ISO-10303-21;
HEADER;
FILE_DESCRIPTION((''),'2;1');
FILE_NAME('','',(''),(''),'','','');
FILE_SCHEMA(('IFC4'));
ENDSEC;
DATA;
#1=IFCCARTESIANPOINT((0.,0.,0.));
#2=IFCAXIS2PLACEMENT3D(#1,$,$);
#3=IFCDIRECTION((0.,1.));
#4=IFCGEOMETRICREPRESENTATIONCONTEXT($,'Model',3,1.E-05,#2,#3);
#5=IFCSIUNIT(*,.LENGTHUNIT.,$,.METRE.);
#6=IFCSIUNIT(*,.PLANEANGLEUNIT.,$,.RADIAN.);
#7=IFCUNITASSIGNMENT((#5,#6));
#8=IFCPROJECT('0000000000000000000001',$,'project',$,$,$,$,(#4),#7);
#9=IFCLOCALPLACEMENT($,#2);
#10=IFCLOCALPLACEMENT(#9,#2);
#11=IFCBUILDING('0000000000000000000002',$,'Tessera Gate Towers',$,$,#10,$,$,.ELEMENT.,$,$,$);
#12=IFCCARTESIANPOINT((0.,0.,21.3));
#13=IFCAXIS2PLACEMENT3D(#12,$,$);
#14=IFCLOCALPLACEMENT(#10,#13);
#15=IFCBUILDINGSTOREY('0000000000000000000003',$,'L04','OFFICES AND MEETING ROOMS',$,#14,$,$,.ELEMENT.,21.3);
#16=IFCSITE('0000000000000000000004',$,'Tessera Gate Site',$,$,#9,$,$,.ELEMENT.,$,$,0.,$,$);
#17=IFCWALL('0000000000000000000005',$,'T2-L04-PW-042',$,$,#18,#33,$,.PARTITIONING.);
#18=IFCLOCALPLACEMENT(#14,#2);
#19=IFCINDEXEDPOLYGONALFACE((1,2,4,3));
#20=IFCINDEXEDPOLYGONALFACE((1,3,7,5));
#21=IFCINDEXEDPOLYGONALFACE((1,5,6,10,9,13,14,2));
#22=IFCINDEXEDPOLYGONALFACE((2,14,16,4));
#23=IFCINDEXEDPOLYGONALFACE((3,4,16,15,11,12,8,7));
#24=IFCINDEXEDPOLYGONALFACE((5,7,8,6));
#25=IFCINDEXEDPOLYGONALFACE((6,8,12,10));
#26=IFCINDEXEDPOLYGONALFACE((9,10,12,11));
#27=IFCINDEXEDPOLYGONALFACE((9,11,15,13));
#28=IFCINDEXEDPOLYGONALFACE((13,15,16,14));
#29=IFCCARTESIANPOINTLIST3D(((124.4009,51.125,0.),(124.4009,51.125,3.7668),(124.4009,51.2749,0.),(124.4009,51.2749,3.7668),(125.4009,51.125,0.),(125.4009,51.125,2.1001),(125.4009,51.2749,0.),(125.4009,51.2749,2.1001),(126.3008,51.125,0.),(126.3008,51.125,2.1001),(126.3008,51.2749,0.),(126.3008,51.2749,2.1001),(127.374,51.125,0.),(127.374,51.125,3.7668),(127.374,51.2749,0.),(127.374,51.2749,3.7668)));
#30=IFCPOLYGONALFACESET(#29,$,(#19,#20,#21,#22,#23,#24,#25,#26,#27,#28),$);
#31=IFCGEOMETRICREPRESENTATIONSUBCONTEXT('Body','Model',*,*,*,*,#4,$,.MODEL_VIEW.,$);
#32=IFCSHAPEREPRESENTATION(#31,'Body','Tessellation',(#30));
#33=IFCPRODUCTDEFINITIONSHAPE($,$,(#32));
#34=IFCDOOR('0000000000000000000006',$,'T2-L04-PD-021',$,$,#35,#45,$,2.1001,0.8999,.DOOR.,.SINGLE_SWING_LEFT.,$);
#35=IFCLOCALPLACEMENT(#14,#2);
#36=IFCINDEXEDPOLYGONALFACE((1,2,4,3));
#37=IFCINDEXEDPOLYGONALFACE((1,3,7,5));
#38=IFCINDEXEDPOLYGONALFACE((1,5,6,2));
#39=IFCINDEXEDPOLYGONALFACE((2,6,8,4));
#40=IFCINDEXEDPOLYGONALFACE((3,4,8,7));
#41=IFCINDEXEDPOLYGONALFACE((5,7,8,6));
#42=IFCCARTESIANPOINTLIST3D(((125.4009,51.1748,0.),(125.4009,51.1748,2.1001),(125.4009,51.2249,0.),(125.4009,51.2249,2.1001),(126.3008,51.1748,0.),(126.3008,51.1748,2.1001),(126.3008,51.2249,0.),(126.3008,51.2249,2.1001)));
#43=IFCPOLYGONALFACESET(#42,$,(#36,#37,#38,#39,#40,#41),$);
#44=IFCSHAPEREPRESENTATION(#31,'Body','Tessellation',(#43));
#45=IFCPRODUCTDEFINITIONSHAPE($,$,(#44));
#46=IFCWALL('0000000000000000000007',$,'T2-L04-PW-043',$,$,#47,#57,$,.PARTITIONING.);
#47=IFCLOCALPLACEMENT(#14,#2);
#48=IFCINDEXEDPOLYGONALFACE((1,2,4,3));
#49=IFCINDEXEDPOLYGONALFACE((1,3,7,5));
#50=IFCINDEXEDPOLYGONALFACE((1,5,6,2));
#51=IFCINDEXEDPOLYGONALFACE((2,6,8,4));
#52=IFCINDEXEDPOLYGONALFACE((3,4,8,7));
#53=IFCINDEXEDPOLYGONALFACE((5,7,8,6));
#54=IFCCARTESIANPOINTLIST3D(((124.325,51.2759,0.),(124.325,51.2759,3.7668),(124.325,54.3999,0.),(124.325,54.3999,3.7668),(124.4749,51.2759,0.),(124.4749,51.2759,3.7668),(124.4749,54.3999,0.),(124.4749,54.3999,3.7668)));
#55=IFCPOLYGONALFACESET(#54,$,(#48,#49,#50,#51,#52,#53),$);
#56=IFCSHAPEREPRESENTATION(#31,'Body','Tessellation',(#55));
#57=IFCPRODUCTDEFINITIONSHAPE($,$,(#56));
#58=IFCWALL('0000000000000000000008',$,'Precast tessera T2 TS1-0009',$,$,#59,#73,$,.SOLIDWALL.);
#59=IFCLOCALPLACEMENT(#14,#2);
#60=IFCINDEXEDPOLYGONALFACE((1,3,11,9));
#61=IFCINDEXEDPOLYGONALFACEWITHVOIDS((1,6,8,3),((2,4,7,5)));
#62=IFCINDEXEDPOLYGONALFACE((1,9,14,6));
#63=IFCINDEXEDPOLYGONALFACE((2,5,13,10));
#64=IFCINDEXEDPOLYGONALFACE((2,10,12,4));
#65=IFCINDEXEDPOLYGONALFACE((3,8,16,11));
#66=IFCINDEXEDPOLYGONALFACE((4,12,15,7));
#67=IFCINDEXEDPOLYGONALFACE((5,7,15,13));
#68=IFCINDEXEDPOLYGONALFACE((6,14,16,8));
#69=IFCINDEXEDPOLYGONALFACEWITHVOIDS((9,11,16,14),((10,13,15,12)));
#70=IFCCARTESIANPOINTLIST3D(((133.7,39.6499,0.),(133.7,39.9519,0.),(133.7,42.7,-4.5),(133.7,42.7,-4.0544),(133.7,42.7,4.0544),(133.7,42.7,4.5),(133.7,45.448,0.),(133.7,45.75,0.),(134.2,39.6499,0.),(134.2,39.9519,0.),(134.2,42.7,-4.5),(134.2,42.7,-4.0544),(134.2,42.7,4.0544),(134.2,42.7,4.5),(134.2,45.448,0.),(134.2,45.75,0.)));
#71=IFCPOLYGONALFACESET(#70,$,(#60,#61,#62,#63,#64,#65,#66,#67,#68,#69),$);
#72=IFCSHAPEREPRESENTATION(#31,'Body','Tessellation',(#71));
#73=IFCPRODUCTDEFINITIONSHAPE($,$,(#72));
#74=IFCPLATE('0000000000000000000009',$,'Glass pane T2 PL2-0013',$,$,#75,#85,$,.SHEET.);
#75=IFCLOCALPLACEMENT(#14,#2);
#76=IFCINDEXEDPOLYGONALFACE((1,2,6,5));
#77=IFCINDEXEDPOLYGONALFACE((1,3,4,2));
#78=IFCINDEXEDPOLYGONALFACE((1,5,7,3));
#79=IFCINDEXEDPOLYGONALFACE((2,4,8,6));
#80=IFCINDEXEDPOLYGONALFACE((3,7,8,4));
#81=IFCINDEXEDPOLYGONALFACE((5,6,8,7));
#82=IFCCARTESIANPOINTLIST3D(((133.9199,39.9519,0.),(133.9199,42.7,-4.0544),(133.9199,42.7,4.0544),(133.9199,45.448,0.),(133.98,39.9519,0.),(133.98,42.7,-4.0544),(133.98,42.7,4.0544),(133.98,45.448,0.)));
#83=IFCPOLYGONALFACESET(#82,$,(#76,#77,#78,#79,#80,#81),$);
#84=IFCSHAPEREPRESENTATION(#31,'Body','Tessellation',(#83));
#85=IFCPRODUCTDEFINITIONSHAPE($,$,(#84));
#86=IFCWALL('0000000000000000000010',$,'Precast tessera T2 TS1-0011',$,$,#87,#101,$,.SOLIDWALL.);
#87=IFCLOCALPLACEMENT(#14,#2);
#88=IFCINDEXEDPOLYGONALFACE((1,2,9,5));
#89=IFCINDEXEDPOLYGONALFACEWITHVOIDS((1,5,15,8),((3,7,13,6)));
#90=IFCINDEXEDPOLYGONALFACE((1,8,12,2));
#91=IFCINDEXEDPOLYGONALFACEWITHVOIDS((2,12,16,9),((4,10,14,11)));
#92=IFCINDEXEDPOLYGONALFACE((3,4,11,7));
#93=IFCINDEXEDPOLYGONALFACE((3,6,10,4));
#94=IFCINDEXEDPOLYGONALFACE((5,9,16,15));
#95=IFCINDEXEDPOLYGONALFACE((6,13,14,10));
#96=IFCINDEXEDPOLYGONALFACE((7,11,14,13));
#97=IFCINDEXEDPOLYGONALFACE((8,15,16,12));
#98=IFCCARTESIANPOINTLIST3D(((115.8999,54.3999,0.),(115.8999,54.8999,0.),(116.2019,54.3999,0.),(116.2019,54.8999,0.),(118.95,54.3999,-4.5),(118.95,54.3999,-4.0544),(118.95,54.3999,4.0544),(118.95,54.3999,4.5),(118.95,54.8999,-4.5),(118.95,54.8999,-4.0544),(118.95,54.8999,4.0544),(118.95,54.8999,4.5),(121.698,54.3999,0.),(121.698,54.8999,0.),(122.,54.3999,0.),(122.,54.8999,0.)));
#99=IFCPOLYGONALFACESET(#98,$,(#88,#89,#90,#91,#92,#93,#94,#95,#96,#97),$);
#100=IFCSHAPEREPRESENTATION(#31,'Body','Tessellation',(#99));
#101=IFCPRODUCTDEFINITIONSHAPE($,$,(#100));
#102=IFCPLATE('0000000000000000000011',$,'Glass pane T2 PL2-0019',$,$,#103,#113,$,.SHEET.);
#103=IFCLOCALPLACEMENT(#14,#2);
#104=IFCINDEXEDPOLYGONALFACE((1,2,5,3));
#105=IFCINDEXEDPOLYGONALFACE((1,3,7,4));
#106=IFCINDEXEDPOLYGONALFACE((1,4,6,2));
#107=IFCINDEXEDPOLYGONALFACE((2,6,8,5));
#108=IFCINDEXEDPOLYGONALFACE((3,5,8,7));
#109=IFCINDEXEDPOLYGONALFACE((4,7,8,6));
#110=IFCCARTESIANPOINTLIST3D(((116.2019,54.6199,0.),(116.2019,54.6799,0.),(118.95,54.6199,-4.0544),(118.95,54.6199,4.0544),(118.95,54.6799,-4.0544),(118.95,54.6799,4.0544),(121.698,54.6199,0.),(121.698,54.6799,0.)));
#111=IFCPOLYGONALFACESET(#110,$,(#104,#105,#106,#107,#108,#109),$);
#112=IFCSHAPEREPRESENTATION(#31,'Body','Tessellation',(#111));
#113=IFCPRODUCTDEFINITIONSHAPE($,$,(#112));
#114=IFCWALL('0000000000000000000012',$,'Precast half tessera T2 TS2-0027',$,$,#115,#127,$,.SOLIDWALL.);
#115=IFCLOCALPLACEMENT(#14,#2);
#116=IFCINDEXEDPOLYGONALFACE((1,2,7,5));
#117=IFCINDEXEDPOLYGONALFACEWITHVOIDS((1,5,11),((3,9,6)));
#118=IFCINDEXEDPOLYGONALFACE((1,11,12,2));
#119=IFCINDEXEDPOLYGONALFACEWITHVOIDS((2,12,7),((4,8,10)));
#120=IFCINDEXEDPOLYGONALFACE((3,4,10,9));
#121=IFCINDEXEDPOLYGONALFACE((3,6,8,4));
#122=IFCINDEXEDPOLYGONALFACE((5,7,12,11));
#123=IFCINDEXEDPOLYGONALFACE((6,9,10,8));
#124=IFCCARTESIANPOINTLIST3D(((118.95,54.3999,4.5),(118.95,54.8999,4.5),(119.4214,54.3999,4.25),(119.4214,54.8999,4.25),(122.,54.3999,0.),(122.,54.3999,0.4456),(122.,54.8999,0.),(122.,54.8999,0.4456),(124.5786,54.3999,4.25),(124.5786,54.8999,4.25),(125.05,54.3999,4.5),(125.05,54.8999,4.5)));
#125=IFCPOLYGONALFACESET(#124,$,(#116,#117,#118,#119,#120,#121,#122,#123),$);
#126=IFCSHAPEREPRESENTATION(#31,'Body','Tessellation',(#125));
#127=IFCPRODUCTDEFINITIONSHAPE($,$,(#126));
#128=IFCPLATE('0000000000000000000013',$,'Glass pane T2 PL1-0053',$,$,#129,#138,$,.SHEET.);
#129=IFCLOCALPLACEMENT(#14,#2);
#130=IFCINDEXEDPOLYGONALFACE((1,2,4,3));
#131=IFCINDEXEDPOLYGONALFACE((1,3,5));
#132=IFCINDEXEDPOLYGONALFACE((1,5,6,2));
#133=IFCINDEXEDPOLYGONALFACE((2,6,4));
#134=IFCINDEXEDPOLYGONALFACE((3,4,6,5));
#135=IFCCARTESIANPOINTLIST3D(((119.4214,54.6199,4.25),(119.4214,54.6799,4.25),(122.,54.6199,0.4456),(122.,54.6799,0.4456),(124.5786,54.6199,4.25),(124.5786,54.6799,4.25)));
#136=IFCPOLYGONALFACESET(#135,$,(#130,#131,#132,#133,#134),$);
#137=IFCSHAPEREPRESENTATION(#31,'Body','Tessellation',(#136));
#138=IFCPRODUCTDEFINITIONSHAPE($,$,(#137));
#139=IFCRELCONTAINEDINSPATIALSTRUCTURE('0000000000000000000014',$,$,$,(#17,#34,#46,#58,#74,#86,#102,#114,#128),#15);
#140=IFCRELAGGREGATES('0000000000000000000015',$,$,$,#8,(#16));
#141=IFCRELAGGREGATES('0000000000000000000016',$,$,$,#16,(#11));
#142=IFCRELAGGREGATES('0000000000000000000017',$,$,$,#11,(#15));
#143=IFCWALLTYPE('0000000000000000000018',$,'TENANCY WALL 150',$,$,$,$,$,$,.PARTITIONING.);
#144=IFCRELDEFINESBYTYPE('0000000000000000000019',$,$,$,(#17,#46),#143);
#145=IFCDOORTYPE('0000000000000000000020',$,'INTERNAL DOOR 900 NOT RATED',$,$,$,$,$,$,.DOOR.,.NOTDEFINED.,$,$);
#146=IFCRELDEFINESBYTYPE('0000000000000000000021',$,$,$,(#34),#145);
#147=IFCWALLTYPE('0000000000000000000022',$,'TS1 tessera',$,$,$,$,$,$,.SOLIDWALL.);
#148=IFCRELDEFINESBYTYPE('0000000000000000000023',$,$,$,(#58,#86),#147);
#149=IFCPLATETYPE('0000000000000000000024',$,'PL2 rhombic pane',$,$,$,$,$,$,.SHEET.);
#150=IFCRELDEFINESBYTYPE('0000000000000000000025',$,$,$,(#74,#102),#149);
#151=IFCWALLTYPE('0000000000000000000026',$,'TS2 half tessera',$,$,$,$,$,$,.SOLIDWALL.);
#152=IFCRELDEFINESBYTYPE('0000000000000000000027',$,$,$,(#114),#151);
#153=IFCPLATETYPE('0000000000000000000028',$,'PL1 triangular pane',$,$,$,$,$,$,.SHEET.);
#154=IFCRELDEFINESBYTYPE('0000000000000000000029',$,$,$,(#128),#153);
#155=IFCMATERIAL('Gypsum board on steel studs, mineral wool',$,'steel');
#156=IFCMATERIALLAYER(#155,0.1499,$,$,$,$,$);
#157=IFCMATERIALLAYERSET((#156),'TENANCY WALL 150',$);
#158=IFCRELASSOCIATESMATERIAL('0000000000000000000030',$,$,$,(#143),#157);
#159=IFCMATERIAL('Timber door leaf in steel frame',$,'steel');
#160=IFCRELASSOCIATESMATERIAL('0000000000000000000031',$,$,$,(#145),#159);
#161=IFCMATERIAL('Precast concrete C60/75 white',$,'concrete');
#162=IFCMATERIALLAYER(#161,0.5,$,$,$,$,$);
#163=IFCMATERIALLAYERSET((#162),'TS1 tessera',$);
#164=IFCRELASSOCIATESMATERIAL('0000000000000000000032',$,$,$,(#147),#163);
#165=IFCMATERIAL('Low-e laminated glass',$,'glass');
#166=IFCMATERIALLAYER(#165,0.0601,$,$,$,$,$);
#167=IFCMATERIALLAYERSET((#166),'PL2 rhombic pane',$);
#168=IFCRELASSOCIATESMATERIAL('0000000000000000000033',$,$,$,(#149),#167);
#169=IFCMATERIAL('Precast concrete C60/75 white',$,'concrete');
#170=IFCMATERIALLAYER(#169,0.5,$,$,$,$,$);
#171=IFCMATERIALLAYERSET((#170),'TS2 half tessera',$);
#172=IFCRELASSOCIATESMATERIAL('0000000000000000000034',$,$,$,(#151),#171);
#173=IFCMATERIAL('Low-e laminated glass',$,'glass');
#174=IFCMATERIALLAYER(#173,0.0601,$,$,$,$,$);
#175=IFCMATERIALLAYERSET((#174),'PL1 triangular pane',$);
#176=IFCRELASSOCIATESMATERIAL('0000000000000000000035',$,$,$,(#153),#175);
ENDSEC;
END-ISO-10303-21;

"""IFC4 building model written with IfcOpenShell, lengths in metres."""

from ifc_helpers import new_model, si_unit, direction, frame, frame_2d, origin, place, context, subcontext, project, spatial, polyline, rectangle, outline, extrude, source, transform, mapped, material, layer, layer_set, type_object, element, fill, save


model = new_model("IFC4")

# Units and contexts
model_context = context("Model", 3, precision=1e-05, world=origin(), true_north=direction((0.0, 1.0)))
body_context = subcontext(model_context, "Body", "Model", "MODEL_VIEW")
ifc_project = project(units=[si_unit("LENGTHUNIT", "METRE"), si_unit("PLANEANGLEUNIT", "RADIAN")], contexts=[model_context])

# Site, building, storey
site_placement = place(None, origin())
site = spatial("IfcSite", under=ifc_project, at=site_placement, Name="Tessera Gate Site", CompositionType="ELEMENT", RefElevation=0.0)
building_placement = place(site_placement, origin())
building = spatial("IfcBuilding", under=site, at=building_placement, Name="Tessera Gate Towers", CompositionType="ELEMENT")
storey_placement = place(building_placement, frame((0.0, 0.0, 21.3)))
storey = spatial("IfcBuildingStorey", under=building, at=storey_placement, Name="L04", Description="OFFICES AND MEETING ROOMS", CompositionType="ELEMENT", Elevation=21.3)

# Shared definitions
ifc_material_1 = material(Name="Gypsum board on steel studs, mineral wool", Category="steel")
ifc_layer_1 = layer(ifc_material_1, 0.1499)
ifc_layer_set_1 = layer_set([ifc_layer_1], Name="TENANCY WALL 150")
wall_type_1 = type_object("IfcWallType", Name="TENANCY WALL 150", PredefinedType="PARTITIONING", material=ifc_layer_set_1)
shared_shape_1 = source(origin(), body_context, "Body", "SweptSolid", [
    extrude(rectangle(XDim=0.8999, YDim=2.1001, at=frame_2d((0.45, 1.05))), frame((0.0, 0.085, 0.0), z_axis=(0.0, -1.0, 0.0), x_axis=(1.0, 0.0, 0.0)), (0.0, 0.0, 1.0), 0.1699),
])
ifc_material_2 = material(Name="Timber door leaf in steel frame", Category="steel")
door_type_1 = type_object("IfcDoorType", Name="INTERNAL DOOR 900 NOT RATED", OperationType="NOTDEFINED", PredefinedType="DOOR", material=ifc_material_2)
shared_shape_2 = source(origin(), body_context, "Body", "SweptSolid", [
    extrude(rectangle(XDim=0.8999, YDim=2.1001, at=frame_2d((0.45, 1.05))), frame((0.0, 0.0249, 0.0), z_axis=(0.0, -1.0, 0.0), x_axis=(1.0, 0.0, 0.0)), (0.0, 0.0, 1.0), 0.05),
])

# Wall, opening, door
wall_1_placement = place(storey_placement, frame((124.4009, 51.2, 0.0), z_axis=(0.0, 0.0, 1.0), x_axis=(1.0, 0.0, 0.0)))
wall_1 = element("IfcWall", 1, at=wall_1_placement, inside=storey, type_object=wall_type_1, Name="T2-L04-PW-042", PredefinedType="PARTITIONING", context=body_context, shape_type="SweptSolid", body=[
    extrude(rectangle(XDim=2.9731, YDim=0.1499, at=frame_2d((1.4866, 0.0))), origin(), (0.0, 0.0, 1.0), 3.7668),
])
opening_1_placement = place(wall_1_placement, frame((1.0, 0.0, 0.0)))
opening_1 = element("IfcOpeningElement", 2, at=opening_1_placement, cuts=wall_1, PredefinedType="OPENING", context=body_context, shape_type="MappedRepresentation", body=[
    mapped(shared_shape_1, transform((0.0, 0.0, 0.0), scale=1.0)),
])
door_1_placement = place(opening_1_placement, origin())
door_1 = element("IfcDoor", 3, at=door_1_placement, inside=storey, type_object=door_type_1, Name="T2-L04-PD-021", OperationType="SINGLE_SWING_LEFT", OverallHeight=2.1001, OverallWidth=0.8999, PredefinedType="DOOR", context=body_context, shape_type="MappedRepresentation", body=[
    mapped(shared_shape_2, transform((0.0, 0.0, 0.0), scale=1.0)),
])
fill(opening_1, door_1)

# Wall
wall_2_placement = place(storey_placement, frame((124.3999, 51.2759, 0.0), z_axis=(0.0, 0.0, 1.0), x_axis=(0.0, 1.0, 0.0)))
element("IfcWall", 4, at=wall_2_placement, inside=storey, type_object=wall_type_1, Name="T2-L04-PW-043", PredefinedType="PARTITIONING", context=body_context, shape_type="SweptSolid", body=[
    extrude(rectangle(XDim=3.124, YDim=0.1499, at=frame_2d((1.562, 0.0))), origin(), (0.0, 0.0, 1.0), 3.7668),
])

# Walls, openings, plates
ifc_material_3 = material(Name="Precast concrete C60/75 white", Category="concrete")
ifc_layer_2 = layer(ifc_material_3, 0.5)
ifc_layer_set_2 = layer_set([ifc_layer_2], Name="TS1 tessera")
wall_type_2 = type_object("IfcWallType", Name="TS1 tessera", PredefinedType="SOLIDWALL", material=ifc_layer_set_2)
shared_shape_3 = source(origin(), body_context, "Body", "SweptSolid", [
    extrude(outline(polyline([(3.05, 0.0), (6.1001, 4.5), (3.05, 9.0), (0.0, 4.5), (3.05, 0.0)])), frame((0.0, 0.25, 0.0), z_axis=(0.0, -1.0, 0.0), x_axis=(1.0, 0.0, 0.0)), (0.0, 0.0, 1.0), 0.5),
])
wall_3_placement = place(storey_placement, frame((133.95, 39.6499, -4.5), z_axis=(0.0, 0.0, 1.0), x_axis=(0.0, 1.0, 0.0)))
wall_3 = element("IfcWall", 5, at=wall_3_placement, inside=storey, type_object=wall_type_2, Name="Precast tessera T2 TS1-0009", PredefinedType="SOLIDWALL", context=body_context, shape_type="MappedRepresentation", body=[
    mapped(shared_shape_3, transform((0.0, 0.0, 0.0), scale=1.0)),
])
shared_shape_4 = source(origin(), body_context, "Body", "SweptSolid", [
    extrude(outline(polyline([(3.05, 0.4456), (5.7981, 4.5), (3.05, 8.5544), (0.302, 4.5), (3.05, 0.4456)])), frame((0.0, 0.26, 0.0), z_axis=(0.0, -1.0, 0.0), x_axis=(1.0, 0.0, 0.0)), (0.0, 0.0, 1.0), 0.52),
])
opening_2_placement = place(wall_3_placement, origin())
opening_2 = element("IfcOpeningElement", 6, at=opening_2_placement, cuts=wall_3, PredefinedType="OPENING", context=body_context, shape_type="MappedRepresentation", body=[
    mapped(shared_shape_4, transform((0.0, 0.0, 0.0), scale=1.0)),
])
ifc_material_4 = material(Name="Low-e laminated glass", Category="glass")
ifc_layer_3 = layer(ifc_material_4, 0.0601)
ifc_layer_set_3 = layer_set([ifc_layer_3], Name="PL2 rhombic pane")
plate_type_1 = type_object("IfcPlateType", Name="PL2 rhombic pane", PredefinedType="SHEET", material=ifc_layer_set_3)
shared_shape_5 = source(origin(), body_context, "Body", "SweptSolid", [
    extrude(outline(polyline([(3.05, 0.4456), (5.7981, 4.5), (3.05, 8.5544), (0.302, 4.5), (3.05, 0.4456)])), frame((0.0, 0.03, 0.0), z_axis=(0.0, -1.0, 0.0), x_axis=(1.0, 0.0, 0.0)), (0.0, 0.0, 1.0), 0.0601),
])
plate_1_placement = place(opening_2_placement, origin())
plate_1 = element("IfcPlate", 7, at=plate_1_placement, inside=storey, type_object=plate_type_1, Name="Glass pane T2 PL2-0013", PredefinedType="SHEET", context=body_context, shape_type="MappedRepresentation", body=[
    mapped(shared_shape_5, transform((0.0, 0.0, 0.0), scale=1.0)),
])
fill(opening_2, plate_1)
wall_4_placement = place(storey_placement, frame((122.0, 54.6499, -4.5), z_axis=(0.0, 0.0, 1.0), x_axis=(-1.0, 0.0, 0.0)))
wall_4 = element("IfcWall", 8, at=wall_4_placement, inside=storey, type_object=wall_type_2, Name="Precast tessera T2 TS1-0011", PredefinedType="SOLIDWALL", context=body_context, shape_type="MappedRepresentation", body=[
    mapped(shared_shape_3, transform((0.0, 0.0, 0.0), scale=1.0)),
])
opening_3_placement = place(wall_4_placement, origin())
opening_3 = element("IfcOpeningElement", 9, at=opening_3_placement, cuts=wall_4, PredefinedType="OPENING", context=body_context, shape_type="MappedRepresentation", body=[
    mapped(shared_shape_4, transform((0.0, 0.0, 0.0), scale=1.0)),
])
plate_2_placement = place(opening_3_placement, origin())
plate_2 = element("IfcPlate", 10, at=plate_2_placement, inside=storey, type_object=plate_type_1, Name="Glass pane T2 PL2-0019", PredefinedType="SHEET", context=body_context, shape_type="MappedRepresentation", body=[
    mapped(shared_shape_5, transform((0.0, 0.0, 0.0), scale=1.0)),
])
fill(opening_3, plate_2)
ifc_material_5 = material(Name="Precast concrete C60/75 white", Category="concrete")
ifc_layer_4 = layer(ifc_material_5, 0.5)
ifc_layer_set_4 = layer_set([ifc_layer_4], Name="TS2 half tessera")
wall_type_3 = type_object("IfcWallType", Name="TS2 half tessera", PredefinedType="SOLIDWALL", material=ifc_layer_set_4)
shared_shape_6 = source(origin(), body_context, "Body", "SweptSolid", [
    extrude(outline(polyline([(3.05, 0.0), (6.1001, 4.5), (0.0, 4.5), (3.05, 0.0)])), frame((0.0, 0.25, 0.0), z_axis=(0.0, -1.0, 0.0), x_axis=(1.0, 0.0, 0.0)), (0.0, 0.0, 1.0), 0.5),
])
wall_5_placement = place(storey_placement, frame((125.05, 54.6499, 0.0), z_axis=(0.0, 0.0, 1.0), x_axis=(-1.0, 0.0, 0.0)))
wall_5 = element("IfcWall", 11, at=wall_5_placement, inside=storey, type_object=wall_type_3, Name="Precast half tessera T2 TS2-0027", PredefinedType="SOLIDWALL", context=body_context, shape_type="MappedRepresentation", body=[
    mapped(shared_shape_6, transform((0.0, 0.0, 0.0), scale=1.0)),
])
shared_shape_7 = source(origin(), body_context, "Body", "SweptSolid", [
    extrude(outline(polyline([(3.05, 0.4456), (5.6287, 4.25), (0.4714, 4.25), (3.05, 0.4456)])), frame((0.0, 0.26, 0.0), z_axis=(0.0, -1.0, 0.0), x_axis=(1.0, 0.0, 0.0)), (0.0, 0.0, 1.0), 0.52),
])
opening_4_placement = place(wall_5_placement, origin())
opening_4 = element("IfcOpeningElement", 12, at=opening_4_placement, cuts=wall_5, PredefinedType="OPENING", context=body_context, shape_type="MappedRepresentation", body=[
    mapped(shared_shape_7, transform((0.0, 0.0, 0.0), scale=1.0)),
])
ifc_material_6 = material(Name="Low-e laminated glass", Category="glass")
ifc_layer_5 = layer(ifc_material_6, 0.0601)
ifc_layer_set_5 = layer_set([ifc_layer_5], Name="PL1 triangular pane")
plate_type_2 = type_object("IfcPlateType", Name="PL1 triangular pane", PredefinedType="SHEET", material=ifc_layer_set_5)
shared_shape_8 = source(origin(), body_context, "Body", "SweptSolid", [
    extrude(outline(polyline([(3.05, 0.4456), (5.6287, 4.25), (0.4714, 4.25), (3.05, 0.4456)])), frame((0.0, 0.03, 0.0), z_axis=(0.0, -1.0, 0.0), x_axis=(1.0, 0.0, 0.0)), (0.0, 0.0, 1.0), 0.0601),
])
plate_3_placement = place(opening_4_placement, origin())
plate_3 = element("IfcPlate", 13, at=plate_3_placement, inside=storey, type_object=plate_type_2, Name="Glass pane T2 PL1-0053", PredefinedType="SHEET", context=body_context, shape_type="MappedRepresentation", body=[
    mapped(shared_shape_8, transform((0.0, 0.0, 0.0), scale=1.0)),
])
fill(opening_4, plate_3)

save(model, "model.ifc")
